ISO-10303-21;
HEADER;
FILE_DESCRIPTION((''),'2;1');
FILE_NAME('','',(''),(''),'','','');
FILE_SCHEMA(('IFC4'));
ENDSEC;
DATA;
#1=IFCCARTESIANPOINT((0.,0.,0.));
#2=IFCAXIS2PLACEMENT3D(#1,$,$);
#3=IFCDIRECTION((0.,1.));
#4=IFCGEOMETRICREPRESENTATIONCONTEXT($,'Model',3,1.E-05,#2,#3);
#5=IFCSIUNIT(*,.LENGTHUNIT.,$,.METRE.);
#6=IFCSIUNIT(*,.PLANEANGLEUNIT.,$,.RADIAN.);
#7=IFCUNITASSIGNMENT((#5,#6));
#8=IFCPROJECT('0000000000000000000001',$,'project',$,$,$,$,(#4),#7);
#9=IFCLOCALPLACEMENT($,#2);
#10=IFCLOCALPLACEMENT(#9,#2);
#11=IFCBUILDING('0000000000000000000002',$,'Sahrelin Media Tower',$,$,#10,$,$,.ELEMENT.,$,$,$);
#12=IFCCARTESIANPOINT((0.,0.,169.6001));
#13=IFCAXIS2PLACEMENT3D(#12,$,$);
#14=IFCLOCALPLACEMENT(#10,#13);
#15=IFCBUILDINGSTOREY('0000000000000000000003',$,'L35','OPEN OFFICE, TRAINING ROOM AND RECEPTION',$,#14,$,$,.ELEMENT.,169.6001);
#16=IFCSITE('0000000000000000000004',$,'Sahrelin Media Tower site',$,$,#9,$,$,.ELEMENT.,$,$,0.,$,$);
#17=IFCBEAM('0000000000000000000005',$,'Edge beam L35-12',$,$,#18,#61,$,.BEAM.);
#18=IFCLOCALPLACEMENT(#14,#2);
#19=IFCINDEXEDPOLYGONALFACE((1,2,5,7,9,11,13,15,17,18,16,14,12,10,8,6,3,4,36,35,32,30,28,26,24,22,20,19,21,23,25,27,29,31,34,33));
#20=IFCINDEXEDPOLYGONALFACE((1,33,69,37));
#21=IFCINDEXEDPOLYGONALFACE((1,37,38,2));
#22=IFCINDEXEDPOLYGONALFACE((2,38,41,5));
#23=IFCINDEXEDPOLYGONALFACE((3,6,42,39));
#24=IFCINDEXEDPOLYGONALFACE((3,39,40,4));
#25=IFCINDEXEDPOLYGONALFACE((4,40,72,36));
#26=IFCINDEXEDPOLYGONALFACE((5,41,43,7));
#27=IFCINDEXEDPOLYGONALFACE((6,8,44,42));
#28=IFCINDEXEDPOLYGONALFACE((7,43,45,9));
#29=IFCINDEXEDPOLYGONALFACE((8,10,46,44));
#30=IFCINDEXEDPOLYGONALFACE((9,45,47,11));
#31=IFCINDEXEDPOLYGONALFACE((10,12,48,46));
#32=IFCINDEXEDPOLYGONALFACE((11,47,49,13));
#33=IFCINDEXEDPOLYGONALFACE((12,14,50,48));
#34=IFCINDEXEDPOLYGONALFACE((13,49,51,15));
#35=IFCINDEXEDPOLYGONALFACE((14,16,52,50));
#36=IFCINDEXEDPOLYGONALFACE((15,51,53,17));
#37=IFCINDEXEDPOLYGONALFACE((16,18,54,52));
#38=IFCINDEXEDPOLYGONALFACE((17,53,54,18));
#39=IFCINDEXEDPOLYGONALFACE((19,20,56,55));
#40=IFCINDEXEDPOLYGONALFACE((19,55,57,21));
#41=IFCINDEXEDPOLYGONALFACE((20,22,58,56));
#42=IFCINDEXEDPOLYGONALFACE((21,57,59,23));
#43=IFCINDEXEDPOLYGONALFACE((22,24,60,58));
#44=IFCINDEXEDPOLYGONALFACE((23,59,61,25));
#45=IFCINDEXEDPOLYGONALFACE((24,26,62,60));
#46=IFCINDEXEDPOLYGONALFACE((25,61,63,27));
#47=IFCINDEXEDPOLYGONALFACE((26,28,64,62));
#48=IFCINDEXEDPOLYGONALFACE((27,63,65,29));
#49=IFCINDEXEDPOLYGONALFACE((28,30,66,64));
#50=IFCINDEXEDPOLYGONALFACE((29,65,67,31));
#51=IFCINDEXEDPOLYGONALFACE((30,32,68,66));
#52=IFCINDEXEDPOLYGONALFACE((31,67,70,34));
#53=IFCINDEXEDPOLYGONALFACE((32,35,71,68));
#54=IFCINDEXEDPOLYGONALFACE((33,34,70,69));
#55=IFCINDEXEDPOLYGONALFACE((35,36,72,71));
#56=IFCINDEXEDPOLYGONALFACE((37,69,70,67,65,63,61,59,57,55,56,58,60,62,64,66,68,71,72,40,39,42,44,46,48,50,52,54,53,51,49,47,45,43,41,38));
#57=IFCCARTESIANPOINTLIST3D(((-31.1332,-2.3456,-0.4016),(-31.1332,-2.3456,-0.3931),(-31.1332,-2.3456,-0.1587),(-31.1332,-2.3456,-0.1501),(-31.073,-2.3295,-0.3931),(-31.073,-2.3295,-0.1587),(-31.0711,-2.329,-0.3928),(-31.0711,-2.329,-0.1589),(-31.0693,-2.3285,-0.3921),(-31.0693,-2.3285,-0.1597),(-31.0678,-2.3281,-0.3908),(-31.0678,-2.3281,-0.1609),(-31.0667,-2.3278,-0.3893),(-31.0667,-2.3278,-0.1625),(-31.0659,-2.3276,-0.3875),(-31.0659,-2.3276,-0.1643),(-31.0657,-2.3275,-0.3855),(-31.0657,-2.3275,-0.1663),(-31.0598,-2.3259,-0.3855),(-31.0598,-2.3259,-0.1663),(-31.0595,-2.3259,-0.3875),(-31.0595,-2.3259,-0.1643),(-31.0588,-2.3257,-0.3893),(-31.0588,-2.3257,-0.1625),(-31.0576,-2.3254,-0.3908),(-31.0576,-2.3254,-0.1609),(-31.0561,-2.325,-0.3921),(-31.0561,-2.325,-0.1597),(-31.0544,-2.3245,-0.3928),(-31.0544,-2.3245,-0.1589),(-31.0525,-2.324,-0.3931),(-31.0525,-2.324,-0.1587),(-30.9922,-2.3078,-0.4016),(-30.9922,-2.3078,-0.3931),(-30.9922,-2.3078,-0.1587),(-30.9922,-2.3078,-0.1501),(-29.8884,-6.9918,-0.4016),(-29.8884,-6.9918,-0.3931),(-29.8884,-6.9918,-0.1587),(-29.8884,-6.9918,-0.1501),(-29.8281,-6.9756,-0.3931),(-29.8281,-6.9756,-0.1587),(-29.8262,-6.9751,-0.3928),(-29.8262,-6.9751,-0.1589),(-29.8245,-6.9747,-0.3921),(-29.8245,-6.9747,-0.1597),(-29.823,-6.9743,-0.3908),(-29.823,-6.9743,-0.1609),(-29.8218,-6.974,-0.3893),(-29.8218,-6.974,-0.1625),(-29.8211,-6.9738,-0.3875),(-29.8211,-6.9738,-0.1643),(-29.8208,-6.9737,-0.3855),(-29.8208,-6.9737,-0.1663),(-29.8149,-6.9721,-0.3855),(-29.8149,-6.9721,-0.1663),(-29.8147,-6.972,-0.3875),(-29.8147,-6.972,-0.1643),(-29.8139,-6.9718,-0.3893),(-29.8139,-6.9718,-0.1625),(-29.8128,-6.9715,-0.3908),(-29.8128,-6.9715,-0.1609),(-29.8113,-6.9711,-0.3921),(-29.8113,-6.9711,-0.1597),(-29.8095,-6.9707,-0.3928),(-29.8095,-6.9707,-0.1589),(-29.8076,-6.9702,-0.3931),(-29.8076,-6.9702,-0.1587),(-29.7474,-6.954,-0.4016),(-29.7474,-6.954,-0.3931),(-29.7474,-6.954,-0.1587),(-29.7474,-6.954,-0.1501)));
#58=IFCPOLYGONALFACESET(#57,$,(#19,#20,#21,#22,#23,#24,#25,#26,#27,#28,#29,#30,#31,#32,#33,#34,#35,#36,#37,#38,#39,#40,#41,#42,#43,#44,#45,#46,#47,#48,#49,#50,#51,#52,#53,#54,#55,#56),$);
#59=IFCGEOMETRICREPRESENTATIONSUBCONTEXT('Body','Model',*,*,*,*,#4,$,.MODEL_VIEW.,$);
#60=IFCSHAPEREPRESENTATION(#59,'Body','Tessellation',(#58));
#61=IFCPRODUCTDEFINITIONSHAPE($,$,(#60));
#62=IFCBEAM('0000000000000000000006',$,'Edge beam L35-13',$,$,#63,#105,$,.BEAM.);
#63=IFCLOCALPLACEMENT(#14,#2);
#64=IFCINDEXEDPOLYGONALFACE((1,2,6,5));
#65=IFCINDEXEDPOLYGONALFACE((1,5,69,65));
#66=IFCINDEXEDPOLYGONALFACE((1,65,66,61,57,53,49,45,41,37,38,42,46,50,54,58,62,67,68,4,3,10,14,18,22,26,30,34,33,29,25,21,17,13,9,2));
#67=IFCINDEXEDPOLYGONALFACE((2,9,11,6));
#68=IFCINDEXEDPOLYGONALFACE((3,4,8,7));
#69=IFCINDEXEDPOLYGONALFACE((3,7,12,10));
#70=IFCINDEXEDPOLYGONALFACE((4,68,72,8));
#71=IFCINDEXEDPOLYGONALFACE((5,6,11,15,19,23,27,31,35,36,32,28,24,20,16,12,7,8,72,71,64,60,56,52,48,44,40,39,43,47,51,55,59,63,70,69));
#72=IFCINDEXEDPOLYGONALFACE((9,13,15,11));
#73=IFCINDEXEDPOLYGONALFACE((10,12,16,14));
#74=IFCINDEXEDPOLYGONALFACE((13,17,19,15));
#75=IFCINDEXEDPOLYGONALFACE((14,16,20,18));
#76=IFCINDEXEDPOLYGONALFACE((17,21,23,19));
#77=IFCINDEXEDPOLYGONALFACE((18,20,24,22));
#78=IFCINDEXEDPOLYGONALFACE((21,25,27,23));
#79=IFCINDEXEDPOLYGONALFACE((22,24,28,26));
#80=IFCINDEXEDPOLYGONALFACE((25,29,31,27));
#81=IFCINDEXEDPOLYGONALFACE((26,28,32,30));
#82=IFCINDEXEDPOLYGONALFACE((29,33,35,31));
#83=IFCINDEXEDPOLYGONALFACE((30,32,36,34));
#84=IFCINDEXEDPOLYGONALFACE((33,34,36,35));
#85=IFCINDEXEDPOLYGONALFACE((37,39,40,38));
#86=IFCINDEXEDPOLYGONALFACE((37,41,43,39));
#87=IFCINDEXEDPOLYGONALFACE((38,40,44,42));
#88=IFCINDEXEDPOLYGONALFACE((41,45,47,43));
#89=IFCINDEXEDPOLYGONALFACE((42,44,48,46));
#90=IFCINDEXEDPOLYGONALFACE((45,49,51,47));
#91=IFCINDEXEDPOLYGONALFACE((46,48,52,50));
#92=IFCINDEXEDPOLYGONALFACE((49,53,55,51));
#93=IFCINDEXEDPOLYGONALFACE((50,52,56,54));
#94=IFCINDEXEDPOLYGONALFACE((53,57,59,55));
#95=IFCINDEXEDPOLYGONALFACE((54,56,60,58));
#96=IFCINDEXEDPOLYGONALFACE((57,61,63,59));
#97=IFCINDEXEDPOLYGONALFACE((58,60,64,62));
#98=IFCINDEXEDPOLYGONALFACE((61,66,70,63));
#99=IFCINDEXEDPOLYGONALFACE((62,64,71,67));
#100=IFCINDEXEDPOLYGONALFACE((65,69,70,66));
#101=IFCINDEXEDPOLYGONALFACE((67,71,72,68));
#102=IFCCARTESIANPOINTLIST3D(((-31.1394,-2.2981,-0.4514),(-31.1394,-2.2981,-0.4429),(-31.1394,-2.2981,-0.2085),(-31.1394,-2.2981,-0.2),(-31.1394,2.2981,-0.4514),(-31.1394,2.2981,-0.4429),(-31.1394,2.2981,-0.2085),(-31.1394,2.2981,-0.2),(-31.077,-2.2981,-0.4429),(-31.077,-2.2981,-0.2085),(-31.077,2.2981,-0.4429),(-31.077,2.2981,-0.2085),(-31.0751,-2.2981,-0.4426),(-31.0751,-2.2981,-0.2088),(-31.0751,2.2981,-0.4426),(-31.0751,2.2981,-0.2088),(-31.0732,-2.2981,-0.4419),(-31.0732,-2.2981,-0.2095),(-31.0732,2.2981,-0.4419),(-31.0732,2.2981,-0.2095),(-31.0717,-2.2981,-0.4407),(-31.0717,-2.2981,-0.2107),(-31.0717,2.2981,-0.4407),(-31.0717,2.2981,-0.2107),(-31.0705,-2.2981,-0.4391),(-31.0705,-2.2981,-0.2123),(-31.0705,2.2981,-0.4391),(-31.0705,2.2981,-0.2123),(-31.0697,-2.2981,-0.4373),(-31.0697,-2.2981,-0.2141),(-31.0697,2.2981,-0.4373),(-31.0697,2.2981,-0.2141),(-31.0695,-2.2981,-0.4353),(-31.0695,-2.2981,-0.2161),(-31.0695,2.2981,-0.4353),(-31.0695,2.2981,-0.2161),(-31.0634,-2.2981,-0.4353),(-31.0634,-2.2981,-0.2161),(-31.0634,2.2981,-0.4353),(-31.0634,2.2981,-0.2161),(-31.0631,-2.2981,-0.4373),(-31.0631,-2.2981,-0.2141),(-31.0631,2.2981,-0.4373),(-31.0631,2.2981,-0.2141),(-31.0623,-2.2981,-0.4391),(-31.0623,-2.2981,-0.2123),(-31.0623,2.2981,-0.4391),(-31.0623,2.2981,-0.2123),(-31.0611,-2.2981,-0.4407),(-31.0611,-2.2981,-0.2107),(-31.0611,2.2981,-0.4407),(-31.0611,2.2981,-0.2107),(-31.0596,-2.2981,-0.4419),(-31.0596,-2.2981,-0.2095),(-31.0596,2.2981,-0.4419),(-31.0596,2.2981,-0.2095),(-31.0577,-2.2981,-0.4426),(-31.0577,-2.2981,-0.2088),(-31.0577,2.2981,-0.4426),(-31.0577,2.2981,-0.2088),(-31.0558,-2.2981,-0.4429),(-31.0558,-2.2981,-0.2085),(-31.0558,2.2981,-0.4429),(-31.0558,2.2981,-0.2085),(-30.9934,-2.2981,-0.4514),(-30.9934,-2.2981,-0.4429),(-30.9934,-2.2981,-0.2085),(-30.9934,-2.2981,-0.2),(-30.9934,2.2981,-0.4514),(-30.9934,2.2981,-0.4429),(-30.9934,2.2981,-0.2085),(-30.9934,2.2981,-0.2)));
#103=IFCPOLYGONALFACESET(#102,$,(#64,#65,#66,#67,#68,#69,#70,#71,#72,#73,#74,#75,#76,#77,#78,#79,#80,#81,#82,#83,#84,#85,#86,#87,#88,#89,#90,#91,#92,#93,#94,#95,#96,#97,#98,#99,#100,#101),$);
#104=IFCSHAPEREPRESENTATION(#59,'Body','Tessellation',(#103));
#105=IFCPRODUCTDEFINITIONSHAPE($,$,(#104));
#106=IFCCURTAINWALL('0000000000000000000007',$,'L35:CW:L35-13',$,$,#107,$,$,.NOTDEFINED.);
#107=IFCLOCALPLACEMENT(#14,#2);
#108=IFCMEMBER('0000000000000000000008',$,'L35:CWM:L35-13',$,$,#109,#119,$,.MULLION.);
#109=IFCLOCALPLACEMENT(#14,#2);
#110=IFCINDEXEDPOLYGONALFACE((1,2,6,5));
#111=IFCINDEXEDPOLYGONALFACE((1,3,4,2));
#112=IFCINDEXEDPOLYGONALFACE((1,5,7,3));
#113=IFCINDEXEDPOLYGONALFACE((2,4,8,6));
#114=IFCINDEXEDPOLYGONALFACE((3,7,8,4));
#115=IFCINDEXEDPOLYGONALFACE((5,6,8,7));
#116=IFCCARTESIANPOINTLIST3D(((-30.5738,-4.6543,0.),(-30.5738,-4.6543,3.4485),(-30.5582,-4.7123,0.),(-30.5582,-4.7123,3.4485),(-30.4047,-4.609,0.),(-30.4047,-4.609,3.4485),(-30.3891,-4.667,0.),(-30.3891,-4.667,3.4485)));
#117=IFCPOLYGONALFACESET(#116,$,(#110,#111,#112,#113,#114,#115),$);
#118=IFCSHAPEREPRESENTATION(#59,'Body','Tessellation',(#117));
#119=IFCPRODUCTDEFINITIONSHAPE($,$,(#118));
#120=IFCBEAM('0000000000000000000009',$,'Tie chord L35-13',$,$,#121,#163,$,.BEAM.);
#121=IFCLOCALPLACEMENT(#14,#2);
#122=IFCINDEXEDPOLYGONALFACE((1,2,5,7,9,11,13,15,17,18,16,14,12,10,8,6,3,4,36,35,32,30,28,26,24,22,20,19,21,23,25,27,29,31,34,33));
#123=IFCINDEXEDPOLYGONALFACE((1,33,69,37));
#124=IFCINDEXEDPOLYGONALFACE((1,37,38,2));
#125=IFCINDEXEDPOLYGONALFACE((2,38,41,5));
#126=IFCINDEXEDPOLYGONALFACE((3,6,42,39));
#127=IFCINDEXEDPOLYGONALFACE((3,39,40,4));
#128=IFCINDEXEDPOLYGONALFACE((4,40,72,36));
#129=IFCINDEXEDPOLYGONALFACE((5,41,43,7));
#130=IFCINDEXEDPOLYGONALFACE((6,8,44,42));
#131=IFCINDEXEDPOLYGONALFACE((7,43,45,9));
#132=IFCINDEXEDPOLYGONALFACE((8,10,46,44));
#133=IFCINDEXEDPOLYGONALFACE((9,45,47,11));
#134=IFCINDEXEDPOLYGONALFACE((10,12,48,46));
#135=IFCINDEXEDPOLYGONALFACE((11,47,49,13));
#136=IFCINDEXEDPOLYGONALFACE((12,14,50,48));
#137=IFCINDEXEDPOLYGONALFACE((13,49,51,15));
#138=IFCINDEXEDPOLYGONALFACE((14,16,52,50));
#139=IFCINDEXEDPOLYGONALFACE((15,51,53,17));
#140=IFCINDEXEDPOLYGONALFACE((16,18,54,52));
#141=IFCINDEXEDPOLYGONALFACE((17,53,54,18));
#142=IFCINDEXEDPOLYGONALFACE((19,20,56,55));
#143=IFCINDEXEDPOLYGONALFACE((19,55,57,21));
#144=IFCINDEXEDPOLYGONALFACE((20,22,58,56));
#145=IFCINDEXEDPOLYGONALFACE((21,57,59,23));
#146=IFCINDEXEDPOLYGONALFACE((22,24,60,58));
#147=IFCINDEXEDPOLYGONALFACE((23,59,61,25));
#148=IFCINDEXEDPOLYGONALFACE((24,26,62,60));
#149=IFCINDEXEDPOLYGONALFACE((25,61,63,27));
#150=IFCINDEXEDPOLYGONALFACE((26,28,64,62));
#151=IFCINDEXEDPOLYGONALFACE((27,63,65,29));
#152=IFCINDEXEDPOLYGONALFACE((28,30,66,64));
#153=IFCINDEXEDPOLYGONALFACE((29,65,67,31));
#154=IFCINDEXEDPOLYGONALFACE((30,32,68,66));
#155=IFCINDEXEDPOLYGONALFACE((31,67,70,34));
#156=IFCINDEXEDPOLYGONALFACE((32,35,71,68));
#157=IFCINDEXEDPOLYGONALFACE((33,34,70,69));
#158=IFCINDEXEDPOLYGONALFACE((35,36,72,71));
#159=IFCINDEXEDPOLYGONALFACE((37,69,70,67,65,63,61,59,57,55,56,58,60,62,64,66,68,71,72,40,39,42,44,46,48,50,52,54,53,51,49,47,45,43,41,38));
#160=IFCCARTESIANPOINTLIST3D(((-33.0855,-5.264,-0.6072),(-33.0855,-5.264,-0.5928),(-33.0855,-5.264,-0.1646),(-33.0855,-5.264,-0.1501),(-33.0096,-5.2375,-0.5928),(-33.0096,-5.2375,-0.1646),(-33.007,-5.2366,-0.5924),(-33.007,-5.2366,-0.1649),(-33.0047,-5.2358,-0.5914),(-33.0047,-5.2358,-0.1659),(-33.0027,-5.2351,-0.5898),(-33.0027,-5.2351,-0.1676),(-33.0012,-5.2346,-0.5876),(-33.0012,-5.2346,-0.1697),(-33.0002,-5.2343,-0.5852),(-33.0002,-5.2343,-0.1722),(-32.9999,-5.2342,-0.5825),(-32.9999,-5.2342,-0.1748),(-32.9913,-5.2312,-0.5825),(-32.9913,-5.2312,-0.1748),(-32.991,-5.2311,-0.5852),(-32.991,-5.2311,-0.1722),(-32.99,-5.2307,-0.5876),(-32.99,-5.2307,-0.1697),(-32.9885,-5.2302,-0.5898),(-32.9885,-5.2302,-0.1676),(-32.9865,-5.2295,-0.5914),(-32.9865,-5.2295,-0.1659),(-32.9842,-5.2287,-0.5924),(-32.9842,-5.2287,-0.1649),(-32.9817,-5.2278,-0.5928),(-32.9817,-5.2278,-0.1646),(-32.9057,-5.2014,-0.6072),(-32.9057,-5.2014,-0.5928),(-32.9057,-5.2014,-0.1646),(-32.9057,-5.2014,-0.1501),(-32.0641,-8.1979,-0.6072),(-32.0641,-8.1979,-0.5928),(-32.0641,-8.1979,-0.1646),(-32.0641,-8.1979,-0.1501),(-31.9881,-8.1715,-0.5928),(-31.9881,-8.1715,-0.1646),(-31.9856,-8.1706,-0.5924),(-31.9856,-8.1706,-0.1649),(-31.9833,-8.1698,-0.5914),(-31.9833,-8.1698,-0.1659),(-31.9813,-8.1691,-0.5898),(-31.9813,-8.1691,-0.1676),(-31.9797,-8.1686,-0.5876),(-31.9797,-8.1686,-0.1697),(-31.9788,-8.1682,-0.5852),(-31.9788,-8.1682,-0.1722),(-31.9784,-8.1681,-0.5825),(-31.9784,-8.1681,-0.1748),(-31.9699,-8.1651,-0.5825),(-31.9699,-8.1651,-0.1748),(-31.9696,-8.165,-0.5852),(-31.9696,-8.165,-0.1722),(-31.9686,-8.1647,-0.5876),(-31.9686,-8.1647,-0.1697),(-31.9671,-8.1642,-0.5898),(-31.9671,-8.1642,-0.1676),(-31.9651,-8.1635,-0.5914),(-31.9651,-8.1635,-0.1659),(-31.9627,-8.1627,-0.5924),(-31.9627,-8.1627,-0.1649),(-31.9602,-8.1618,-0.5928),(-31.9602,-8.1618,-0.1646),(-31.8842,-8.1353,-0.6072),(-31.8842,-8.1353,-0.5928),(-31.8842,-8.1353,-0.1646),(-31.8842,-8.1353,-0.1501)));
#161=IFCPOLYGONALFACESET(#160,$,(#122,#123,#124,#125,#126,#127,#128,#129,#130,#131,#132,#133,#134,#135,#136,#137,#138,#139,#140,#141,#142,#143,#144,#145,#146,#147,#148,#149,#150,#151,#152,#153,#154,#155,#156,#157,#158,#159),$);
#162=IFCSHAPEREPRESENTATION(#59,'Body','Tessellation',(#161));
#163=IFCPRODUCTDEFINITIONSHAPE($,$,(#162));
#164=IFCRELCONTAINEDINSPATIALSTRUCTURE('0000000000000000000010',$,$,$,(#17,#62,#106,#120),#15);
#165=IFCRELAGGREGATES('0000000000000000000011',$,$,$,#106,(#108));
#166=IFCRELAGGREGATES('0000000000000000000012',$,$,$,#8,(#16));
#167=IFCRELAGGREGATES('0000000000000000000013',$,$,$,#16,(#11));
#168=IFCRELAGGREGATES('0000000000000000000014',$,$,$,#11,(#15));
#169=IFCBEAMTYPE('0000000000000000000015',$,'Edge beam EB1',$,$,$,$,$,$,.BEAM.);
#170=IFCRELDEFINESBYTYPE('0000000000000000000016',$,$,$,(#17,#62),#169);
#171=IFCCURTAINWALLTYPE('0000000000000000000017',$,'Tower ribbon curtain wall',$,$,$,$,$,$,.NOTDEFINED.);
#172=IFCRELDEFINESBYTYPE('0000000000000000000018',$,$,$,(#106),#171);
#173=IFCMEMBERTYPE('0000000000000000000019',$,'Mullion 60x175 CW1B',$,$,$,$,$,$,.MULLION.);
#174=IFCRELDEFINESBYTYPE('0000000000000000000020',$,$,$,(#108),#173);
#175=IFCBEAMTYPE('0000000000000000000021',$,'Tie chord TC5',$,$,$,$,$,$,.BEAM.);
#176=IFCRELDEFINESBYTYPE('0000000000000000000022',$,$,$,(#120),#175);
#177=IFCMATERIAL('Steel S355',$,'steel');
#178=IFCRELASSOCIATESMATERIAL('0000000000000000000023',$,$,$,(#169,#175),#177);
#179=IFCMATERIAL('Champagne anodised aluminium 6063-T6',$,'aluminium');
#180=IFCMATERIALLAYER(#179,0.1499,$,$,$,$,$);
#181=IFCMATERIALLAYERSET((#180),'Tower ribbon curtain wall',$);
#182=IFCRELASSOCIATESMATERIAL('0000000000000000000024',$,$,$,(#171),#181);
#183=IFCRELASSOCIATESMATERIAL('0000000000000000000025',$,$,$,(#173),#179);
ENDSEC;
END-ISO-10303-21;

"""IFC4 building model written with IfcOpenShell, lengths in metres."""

from ifc_helpers import new_model, si_unit, direction, frame, origin, origin_2d, place, context, subcontext, project, spatial, rectangle, i_section, extrude, material, layer, layer_set, material_profile, profile_set, type_object, element, aggregate, save


model = new_model("IFC4")

# Units and contexts
model_context = context("Model", 3, precision=1e-05, world=origin(), true_north=direction((0.0, 1.0)))
body_context = subcontext(model_context, "Body", "Model", "MODEL_VIEW")
ifc_project = project(units=[si_unit("LENGTHUNIT", "METRE"), si_unit("PLANEANGLEUNIT", "RADIAN")], contexts=[model_context])

# Site, building, storey
site_placement = place(None, origin())
site = spatial("IfcSite", under=ifc_project, at=site_placement, Name="Sahrelin Media Tower site", CompositionType="ELEMENT", RefElevation=0.0)
building_placement = place(site_placement, origin())
building = spatial("IfcBuilding", under=site, at=building_placement, Name="Sahrelin Media Tower", CompositionType="ELEMENT")
storey_placement = place(building_placement, frame((0.0, 0.0, 169.6001)))
storey = spatial("IfcBuildingStorey", under=building, at=storey_placement, Name="L35", Description="OPEN OFFICE, TRAINING ROOM AND RECEPTION", CompositionType="ELEMENT", Elevation=169.6001)

# Beams
ifc_material_1 = material(Name="Steel S355", Category="steel")
ifc_material_profile_1 = material_profile(ifc_material_1, i_section(OverallWidth=0.146, OverallDepth=0.2515, WebThickness=0.0061, FlangeThickness=0.0085, FilletRadius=0.0076, at=origin_2d()), Name="UB 254x146x31")
ifc_profile_set_1 = profile_set([ifc_material_profile_1], Name="Steel S355")
beam_type_1 = type_object("IfcBeamType", Name="Edge beam EB1", PredefinedType="BEAM", material=ifc_profile_set_1)
beam_1_placement = place(storey_placement, frame((-29.8179, -6.9729, -0.2759), z_axis=(-0.258803, 0.96593, 0.0), x_axis=(-0.96593, -0.258803, 0.0)))
element("IfcBeam", 1, at=beam_1_placement, inside=storey, type_object=beam_type_1, Name="Edge beam L35-12", PredefinedType="BEAM", context=body_context, shape_type="SweptSolid", body=[
    extrude(i_section(OverallWidth=0.146, OverallDepth=0.2515, WebThickness=0.0061, FlangeThickness=0.0085, FilletRadius=0.0076, at=origin_2d()), origin(), (0.0, 0.0, 1.0), 4.8101),
])
beam_2_placement = place(storey_placement, frame((-31.0664, -2.2981, -0.3257), z_axis=(0.0, 1.0, 0.0), x_axis=(-1.0, 0.0, 0.0)))
element("IfcBeam", 2, at=beam_2_placement, inside=storey, type_object=beam_type_1, Name="Edge beam L35-13", PredefinedType="BEAM", context=body_context, shape_type="SweptSolid", body=[
    extrude(i_section(OverallWidth=0.146, OverallDepth=0.2515, WebThickness=0.0061, FlangeThickness=0.0085, FilletRadius=0.0076, at=origin_2d()), origin(), (0.0, 0.0, 1.0), 4.5962),
])

# Curtain wall, member
ifc_material_2 = material(Name="Champagne anodised aluminium 6063-T6", Category="aluminium")
ifc_layer_1 = layer(ifc_material_2, 0.1499)
ifc_layer_set_1 = layer_set([ifc_layer_1], Name="Tower ribbon curtain wall")
curtain_wall_type = type_object("IfcCurtainWallType", Name="Tower ribbon curtain wall", PredefinedType="NOTDEFINED", material=ifc_layer_set_1)
curtain_wall_1_placement = place(storey_placement, frame((-30.5852, -4.6885, 0.0), z_axis=(0.0, 0.0, 1.0), x_axis=(1.0, 0.0, 0.0)))
curtain_wall_1 = element("IfcCurtainWall", 3, at=curtain_wall_1_placement, inside=storey, type_object=curtain_wall_type, Name="L35:CW:L35-13", PredefinedType="NOTDEFINED")
ifc_material_profile_2 = material_profile(ifc_material_2, rectangle(XDim=0.0601, YDim=0.175, at=origin_2d()), Name="Mullion 60x175")
ifc_profile_set_2 = profile_set([ifc_material_profile_2], Name="Champagne anodised aluminium 6063-T6")
member_type_1 = type_object("IfcMemberType", Name="Mullion 60x175 CW1B", PredefinedType="MULLION", material=ifc_profile_set_2)
member_1_placement = place(storey_placement, frame((-30.4814, -4.6606, 0.0), z_axis=(0.0, 0.0, 1.0), x_axis=(0.258809, -0.965929, 0.0)))
member_1 = element("IfcMember", 4, at=member_1_placement, type_object=member_type_1, Name="L35:CWM:L35-13", PredefinedType="MULLION", context=body_context, shape_type="SweptSolid", body=[
    extrude(rectangle(XDim=0.0601, YDim=0.175, at=origin_2d()), origin(), (0.0, 0.0, 1.0), 3.4485),
])

# Beam
ifc_material_profile_3 = material_profile(ifc_material_1, i_section(OverallWidth=0.1904, OverallDepth=0.457, WebThickness=0.009, FlangeThickness=0.0144, FilletRadius=0.0103, at=origin_2d()), Name="UB 457x191x74")
ifc_profile_set_3 = profile_set([ifc_material_profile_3], Name="Steel S355")
beam_type_2 = type_object("IfcBeamType", Name="Tie chord TC5", PredefinedType="BEAM", material=ifc_profile_set_3)
beam_3_placement = place(storey_placement, frame((-32.9956, -5.2327, -0.3787), z_axis=(0.328789, -0.944403, 0.0), x_axis=(0.944403, 0.328789, 0.0)))
element("IfcBeam", 5, at=beam_3_placement, inside=storey, type_object=beam_type_2, Name="Tie chord L35-13", PredefinedType="BEAM", context=body_context, shape_type="SweptSolid", body=[
    extrude(i_section(OverallWidth=0.1904, OverallDepth=0.457, WebThickness=0.009, FlangeThickness=0.0144, FilletRadius=0.0103, at=origin_2d()), origin(), (0.0, 0.0, 1.0), 3.1067),
])

aggregate(curtain_wall_1, [member_1])

save(model, "model.ifc")
